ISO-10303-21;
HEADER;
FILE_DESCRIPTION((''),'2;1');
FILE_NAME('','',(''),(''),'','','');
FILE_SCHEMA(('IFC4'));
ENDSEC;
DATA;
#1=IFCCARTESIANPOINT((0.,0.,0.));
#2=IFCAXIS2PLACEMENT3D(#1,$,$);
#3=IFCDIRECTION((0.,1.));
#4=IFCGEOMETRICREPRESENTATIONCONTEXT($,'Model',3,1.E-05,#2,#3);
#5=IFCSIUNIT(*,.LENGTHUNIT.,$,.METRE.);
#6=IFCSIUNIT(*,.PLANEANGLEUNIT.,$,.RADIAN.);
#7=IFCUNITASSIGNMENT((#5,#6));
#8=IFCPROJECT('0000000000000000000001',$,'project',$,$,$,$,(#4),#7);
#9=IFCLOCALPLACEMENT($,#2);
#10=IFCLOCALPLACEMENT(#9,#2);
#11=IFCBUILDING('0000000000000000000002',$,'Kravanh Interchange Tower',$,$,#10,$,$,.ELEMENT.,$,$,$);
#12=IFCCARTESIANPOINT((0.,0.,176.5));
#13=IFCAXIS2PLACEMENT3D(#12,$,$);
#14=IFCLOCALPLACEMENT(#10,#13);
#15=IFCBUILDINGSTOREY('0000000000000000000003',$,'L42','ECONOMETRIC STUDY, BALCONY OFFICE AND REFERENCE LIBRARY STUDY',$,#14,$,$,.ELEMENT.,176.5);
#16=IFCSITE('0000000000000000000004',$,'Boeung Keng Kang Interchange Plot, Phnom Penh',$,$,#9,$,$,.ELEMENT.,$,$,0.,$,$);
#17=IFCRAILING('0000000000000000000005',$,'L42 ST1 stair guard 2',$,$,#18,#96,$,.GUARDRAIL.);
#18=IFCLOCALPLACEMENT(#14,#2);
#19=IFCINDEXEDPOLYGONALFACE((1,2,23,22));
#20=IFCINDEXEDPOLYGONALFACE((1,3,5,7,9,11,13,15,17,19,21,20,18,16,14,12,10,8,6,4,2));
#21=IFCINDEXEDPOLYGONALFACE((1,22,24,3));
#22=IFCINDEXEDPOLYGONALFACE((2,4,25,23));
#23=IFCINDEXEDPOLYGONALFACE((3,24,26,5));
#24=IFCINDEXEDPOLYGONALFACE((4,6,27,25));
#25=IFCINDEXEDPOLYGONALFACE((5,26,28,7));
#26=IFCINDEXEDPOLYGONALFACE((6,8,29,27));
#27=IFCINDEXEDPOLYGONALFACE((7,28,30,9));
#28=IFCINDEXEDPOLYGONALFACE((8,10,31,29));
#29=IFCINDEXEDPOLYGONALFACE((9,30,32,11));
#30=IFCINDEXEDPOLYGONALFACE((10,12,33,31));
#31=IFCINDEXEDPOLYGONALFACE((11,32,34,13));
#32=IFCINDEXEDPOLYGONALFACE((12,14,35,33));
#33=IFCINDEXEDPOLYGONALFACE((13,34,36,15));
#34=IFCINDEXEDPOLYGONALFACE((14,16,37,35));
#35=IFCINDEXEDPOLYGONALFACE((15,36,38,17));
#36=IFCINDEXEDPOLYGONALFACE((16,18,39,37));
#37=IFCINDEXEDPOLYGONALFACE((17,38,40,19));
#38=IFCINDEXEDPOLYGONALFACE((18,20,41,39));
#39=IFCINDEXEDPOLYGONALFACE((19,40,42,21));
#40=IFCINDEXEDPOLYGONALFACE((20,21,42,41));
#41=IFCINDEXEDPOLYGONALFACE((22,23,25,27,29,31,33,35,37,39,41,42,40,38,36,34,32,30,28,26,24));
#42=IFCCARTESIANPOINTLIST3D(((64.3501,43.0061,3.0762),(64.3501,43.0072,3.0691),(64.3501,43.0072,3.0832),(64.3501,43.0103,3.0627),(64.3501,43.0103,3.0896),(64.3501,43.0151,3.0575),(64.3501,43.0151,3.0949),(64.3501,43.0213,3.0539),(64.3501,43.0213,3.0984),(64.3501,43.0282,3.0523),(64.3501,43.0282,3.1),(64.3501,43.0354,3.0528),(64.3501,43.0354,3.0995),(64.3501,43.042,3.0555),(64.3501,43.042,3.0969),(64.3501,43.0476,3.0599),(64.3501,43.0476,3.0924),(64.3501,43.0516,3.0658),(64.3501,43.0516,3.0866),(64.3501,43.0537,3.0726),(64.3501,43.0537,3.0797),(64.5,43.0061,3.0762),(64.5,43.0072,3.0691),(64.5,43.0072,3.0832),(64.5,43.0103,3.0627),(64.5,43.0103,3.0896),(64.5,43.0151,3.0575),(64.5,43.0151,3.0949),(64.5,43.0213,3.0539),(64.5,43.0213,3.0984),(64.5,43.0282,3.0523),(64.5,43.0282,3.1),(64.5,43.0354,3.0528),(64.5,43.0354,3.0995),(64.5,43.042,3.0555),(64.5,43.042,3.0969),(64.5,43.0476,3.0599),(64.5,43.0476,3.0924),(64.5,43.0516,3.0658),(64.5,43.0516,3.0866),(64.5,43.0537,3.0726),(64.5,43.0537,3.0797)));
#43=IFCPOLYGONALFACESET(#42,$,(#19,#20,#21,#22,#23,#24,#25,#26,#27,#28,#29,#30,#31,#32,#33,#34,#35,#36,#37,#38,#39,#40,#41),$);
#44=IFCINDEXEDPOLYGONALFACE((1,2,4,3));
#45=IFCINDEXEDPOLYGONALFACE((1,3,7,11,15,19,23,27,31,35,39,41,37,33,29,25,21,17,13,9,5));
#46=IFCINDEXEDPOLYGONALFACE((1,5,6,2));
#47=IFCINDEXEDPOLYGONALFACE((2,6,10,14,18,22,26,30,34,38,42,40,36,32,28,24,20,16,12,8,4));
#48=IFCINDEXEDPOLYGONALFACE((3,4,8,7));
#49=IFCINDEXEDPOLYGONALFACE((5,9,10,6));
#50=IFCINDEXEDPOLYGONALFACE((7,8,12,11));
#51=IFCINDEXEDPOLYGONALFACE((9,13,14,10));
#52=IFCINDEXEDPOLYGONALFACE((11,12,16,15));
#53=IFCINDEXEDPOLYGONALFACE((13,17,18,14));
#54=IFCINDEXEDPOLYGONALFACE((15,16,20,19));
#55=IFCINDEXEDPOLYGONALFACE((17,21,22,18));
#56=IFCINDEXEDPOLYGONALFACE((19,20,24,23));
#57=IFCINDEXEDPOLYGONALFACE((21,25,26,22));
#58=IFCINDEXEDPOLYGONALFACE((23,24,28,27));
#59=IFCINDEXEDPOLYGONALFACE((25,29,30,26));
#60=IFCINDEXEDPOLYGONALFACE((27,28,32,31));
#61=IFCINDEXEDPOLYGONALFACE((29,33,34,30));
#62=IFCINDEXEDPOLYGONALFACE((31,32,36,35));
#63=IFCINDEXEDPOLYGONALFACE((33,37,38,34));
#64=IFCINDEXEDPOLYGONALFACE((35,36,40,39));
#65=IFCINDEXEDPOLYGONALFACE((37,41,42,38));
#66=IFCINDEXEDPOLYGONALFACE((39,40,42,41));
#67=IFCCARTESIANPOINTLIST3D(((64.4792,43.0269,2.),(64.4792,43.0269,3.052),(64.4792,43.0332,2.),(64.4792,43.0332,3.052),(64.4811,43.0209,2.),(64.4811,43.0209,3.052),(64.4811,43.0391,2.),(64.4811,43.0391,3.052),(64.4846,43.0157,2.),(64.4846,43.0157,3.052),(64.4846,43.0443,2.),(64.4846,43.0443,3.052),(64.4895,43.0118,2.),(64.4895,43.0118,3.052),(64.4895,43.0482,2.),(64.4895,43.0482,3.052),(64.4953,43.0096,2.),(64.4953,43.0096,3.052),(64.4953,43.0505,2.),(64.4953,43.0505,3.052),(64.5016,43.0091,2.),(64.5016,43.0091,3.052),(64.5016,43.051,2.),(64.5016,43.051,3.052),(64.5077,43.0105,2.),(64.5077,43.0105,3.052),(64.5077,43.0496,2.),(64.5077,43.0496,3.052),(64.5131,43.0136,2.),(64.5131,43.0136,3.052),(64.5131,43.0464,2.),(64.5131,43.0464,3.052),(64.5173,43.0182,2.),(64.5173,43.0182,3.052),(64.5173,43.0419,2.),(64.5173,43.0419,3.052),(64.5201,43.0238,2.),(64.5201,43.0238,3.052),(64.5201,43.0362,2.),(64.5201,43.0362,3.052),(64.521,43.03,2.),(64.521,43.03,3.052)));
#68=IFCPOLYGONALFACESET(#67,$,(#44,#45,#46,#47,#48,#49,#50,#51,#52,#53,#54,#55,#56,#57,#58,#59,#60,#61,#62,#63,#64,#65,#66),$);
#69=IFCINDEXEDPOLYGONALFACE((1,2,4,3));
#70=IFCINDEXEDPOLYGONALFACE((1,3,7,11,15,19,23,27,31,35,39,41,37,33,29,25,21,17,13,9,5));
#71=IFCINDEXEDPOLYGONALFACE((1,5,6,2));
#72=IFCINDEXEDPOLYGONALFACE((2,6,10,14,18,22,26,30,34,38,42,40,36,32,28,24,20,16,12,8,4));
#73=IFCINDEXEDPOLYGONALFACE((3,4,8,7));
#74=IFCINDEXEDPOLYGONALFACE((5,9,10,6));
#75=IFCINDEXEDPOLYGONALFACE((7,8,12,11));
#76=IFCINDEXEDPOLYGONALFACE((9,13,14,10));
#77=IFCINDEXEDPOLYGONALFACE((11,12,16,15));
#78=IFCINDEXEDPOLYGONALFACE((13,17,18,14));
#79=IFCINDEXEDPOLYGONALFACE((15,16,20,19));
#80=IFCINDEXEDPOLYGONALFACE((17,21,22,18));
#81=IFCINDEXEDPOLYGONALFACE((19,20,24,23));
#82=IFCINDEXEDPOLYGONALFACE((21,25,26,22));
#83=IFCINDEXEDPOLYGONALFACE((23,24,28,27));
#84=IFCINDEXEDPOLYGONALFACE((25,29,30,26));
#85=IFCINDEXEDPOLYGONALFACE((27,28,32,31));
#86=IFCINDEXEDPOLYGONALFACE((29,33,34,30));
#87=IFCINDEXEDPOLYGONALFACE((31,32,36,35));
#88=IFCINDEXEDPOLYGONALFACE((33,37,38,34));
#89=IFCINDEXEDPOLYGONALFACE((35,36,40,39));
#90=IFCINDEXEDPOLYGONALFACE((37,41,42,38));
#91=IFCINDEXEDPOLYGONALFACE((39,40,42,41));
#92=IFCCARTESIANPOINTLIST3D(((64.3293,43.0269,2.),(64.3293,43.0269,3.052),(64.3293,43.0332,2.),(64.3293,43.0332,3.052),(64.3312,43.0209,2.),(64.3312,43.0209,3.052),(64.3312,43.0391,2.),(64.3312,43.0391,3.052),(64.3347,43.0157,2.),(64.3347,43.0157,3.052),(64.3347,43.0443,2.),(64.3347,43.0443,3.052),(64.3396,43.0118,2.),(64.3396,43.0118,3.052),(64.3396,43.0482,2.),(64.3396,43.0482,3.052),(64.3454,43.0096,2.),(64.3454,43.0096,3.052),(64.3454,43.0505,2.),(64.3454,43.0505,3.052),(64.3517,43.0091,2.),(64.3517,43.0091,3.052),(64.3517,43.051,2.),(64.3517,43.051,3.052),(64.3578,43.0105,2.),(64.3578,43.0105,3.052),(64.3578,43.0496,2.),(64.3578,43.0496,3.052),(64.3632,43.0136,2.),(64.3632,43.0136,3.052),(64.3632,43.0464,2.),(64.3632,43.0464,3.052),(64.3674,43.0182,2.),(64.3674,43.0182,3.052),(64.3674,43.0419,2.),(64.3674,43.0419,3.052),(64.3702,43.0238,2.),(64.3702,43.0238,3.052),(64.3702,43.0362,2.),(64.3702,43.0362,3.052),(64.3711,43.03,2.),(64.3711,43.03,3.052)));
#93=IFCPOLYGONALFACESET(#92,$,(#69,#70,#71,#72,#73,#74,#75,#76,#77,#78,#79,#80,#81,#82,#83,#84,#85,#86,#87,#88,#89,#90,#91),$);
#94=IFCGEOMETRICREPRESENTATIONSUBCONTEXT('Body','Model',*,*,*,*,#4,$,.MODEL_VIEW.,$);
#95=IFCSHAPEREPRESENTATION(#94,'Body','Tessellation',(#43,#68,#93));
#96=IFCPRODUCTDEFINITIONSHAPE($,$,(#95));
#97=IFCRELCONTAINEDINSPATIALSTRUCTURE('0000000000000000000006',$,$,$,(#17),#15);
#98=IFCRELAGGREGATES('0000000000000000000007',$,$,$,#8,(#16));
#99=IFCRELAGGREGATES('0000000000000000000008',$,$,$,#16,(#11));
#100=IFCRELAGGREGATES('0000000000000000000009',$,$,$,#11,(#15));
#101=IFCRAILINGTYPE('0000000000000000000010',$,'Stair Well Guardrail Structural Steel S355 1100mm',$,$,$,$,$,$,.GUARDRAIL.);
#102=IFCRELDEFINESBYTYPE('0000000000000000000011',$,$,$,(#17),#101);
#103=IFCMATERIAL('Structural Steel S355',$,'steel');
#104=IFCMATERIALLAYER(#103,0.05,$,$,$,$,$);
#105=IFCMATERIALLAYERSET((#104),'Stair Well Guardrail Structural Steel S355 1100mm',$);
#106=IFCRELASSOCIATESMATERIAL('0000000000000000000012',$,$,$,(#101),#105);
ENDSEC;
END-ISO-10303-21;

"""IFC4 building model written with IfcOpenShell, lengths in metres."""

from ifc_helpers import new_model, si_unit, direction, frame, origin, origin_2d, place, context, subcontext, project, spatial, circle, extrude, material, layer, layer_set, type_object, element, save


model = new_model("IFC4")

# Units and contexts
model_context = context("Model", 3, precision=1e-05, world=origin(), true_north=direction((0.0, 1.0)))
body_context = subcontext(model_context, "Body", "Model", "MODEL_VIEW")
ifc_project = project(units=[si_unit("LENGTHUNIT", "METRE"), si_unit("PLANEANGLEUNIT", "RADIAN")], contexts=[model_context])

# Site, building, storey
site_placement = place(None, origin())
site = spatial("IfcSite", under=ifc_project, at=site_placement, Name="Boeung Keng Kang Interchange Plot, Phnom Penh", CompositionType="ELEMENT", RefElevation=0.0)
building_placement = place(site_placement, origin())
building = spatial("IfcBuilding", under=site, at=building_placement, Name="Kravanh Interchange Tower", CompositionType="ELEMENT")
storey_placement = place(building_placement, frame((0.0, 0.0, 176.5)))
storey = spatial("IfcBuildingStorey", under=building, at=storey_placement, Name="L42", Description="ECONOMETRIC STUDY, BALCONY OFFICE AND REFERENCE LIBRARY STUDY", CompositionType="ELEMENT", Elevation=176.5)

# Railing
ifc_material_1 = material(Name="Structural Steel S355", Category="steel")
ifc_layer_1 = layer(ifc_material_1, 0.05)
ifc_layer_set_1 = layer_set([ifc_layer_1], Name="Stair Well Guardrail Structural Steel S355 1100mm")
railing_type_1 = type_object("IfcRailingType", Name="Stair Well Guardrail Structural Steel S355 1100mm", PredefinedType="GUARDRAIL", material=ifc_layer_set_1)
railing_1_placement = place(storey_placement, frame((64.5, 43.03, 2.0)))
element("IfcRailing", 1, at=railing_1_placement, inside=storey, type_object=railing_type_1, Name="L42 ST1 stair guard 2", PredefinedType="GUARDRAIL", context=body_context, shape_type="SweptSolid", body=[
    extrude(circle(Radius=0.0239, at=origin_2d()), frame((0.0, 0.0, 1.0762), z_axis=(-1.0, 0.0, 0.0), x_axis=(0.0, -1.0, 0.0)), (0.0, 0.0, 1.0), 0.1499),
    extrude(circle(Radius=0.021, at=origin_2d()), origin(), (0.0, 0.0, 1.0), 1.052),
    extrude(circle(Radius=0.021, at=origin_2d()), frame((-0.1499, 0.0, 0.0)), (0.0, 0.0, 1.0), 1.052),
])

save(model, "model.ifc")
